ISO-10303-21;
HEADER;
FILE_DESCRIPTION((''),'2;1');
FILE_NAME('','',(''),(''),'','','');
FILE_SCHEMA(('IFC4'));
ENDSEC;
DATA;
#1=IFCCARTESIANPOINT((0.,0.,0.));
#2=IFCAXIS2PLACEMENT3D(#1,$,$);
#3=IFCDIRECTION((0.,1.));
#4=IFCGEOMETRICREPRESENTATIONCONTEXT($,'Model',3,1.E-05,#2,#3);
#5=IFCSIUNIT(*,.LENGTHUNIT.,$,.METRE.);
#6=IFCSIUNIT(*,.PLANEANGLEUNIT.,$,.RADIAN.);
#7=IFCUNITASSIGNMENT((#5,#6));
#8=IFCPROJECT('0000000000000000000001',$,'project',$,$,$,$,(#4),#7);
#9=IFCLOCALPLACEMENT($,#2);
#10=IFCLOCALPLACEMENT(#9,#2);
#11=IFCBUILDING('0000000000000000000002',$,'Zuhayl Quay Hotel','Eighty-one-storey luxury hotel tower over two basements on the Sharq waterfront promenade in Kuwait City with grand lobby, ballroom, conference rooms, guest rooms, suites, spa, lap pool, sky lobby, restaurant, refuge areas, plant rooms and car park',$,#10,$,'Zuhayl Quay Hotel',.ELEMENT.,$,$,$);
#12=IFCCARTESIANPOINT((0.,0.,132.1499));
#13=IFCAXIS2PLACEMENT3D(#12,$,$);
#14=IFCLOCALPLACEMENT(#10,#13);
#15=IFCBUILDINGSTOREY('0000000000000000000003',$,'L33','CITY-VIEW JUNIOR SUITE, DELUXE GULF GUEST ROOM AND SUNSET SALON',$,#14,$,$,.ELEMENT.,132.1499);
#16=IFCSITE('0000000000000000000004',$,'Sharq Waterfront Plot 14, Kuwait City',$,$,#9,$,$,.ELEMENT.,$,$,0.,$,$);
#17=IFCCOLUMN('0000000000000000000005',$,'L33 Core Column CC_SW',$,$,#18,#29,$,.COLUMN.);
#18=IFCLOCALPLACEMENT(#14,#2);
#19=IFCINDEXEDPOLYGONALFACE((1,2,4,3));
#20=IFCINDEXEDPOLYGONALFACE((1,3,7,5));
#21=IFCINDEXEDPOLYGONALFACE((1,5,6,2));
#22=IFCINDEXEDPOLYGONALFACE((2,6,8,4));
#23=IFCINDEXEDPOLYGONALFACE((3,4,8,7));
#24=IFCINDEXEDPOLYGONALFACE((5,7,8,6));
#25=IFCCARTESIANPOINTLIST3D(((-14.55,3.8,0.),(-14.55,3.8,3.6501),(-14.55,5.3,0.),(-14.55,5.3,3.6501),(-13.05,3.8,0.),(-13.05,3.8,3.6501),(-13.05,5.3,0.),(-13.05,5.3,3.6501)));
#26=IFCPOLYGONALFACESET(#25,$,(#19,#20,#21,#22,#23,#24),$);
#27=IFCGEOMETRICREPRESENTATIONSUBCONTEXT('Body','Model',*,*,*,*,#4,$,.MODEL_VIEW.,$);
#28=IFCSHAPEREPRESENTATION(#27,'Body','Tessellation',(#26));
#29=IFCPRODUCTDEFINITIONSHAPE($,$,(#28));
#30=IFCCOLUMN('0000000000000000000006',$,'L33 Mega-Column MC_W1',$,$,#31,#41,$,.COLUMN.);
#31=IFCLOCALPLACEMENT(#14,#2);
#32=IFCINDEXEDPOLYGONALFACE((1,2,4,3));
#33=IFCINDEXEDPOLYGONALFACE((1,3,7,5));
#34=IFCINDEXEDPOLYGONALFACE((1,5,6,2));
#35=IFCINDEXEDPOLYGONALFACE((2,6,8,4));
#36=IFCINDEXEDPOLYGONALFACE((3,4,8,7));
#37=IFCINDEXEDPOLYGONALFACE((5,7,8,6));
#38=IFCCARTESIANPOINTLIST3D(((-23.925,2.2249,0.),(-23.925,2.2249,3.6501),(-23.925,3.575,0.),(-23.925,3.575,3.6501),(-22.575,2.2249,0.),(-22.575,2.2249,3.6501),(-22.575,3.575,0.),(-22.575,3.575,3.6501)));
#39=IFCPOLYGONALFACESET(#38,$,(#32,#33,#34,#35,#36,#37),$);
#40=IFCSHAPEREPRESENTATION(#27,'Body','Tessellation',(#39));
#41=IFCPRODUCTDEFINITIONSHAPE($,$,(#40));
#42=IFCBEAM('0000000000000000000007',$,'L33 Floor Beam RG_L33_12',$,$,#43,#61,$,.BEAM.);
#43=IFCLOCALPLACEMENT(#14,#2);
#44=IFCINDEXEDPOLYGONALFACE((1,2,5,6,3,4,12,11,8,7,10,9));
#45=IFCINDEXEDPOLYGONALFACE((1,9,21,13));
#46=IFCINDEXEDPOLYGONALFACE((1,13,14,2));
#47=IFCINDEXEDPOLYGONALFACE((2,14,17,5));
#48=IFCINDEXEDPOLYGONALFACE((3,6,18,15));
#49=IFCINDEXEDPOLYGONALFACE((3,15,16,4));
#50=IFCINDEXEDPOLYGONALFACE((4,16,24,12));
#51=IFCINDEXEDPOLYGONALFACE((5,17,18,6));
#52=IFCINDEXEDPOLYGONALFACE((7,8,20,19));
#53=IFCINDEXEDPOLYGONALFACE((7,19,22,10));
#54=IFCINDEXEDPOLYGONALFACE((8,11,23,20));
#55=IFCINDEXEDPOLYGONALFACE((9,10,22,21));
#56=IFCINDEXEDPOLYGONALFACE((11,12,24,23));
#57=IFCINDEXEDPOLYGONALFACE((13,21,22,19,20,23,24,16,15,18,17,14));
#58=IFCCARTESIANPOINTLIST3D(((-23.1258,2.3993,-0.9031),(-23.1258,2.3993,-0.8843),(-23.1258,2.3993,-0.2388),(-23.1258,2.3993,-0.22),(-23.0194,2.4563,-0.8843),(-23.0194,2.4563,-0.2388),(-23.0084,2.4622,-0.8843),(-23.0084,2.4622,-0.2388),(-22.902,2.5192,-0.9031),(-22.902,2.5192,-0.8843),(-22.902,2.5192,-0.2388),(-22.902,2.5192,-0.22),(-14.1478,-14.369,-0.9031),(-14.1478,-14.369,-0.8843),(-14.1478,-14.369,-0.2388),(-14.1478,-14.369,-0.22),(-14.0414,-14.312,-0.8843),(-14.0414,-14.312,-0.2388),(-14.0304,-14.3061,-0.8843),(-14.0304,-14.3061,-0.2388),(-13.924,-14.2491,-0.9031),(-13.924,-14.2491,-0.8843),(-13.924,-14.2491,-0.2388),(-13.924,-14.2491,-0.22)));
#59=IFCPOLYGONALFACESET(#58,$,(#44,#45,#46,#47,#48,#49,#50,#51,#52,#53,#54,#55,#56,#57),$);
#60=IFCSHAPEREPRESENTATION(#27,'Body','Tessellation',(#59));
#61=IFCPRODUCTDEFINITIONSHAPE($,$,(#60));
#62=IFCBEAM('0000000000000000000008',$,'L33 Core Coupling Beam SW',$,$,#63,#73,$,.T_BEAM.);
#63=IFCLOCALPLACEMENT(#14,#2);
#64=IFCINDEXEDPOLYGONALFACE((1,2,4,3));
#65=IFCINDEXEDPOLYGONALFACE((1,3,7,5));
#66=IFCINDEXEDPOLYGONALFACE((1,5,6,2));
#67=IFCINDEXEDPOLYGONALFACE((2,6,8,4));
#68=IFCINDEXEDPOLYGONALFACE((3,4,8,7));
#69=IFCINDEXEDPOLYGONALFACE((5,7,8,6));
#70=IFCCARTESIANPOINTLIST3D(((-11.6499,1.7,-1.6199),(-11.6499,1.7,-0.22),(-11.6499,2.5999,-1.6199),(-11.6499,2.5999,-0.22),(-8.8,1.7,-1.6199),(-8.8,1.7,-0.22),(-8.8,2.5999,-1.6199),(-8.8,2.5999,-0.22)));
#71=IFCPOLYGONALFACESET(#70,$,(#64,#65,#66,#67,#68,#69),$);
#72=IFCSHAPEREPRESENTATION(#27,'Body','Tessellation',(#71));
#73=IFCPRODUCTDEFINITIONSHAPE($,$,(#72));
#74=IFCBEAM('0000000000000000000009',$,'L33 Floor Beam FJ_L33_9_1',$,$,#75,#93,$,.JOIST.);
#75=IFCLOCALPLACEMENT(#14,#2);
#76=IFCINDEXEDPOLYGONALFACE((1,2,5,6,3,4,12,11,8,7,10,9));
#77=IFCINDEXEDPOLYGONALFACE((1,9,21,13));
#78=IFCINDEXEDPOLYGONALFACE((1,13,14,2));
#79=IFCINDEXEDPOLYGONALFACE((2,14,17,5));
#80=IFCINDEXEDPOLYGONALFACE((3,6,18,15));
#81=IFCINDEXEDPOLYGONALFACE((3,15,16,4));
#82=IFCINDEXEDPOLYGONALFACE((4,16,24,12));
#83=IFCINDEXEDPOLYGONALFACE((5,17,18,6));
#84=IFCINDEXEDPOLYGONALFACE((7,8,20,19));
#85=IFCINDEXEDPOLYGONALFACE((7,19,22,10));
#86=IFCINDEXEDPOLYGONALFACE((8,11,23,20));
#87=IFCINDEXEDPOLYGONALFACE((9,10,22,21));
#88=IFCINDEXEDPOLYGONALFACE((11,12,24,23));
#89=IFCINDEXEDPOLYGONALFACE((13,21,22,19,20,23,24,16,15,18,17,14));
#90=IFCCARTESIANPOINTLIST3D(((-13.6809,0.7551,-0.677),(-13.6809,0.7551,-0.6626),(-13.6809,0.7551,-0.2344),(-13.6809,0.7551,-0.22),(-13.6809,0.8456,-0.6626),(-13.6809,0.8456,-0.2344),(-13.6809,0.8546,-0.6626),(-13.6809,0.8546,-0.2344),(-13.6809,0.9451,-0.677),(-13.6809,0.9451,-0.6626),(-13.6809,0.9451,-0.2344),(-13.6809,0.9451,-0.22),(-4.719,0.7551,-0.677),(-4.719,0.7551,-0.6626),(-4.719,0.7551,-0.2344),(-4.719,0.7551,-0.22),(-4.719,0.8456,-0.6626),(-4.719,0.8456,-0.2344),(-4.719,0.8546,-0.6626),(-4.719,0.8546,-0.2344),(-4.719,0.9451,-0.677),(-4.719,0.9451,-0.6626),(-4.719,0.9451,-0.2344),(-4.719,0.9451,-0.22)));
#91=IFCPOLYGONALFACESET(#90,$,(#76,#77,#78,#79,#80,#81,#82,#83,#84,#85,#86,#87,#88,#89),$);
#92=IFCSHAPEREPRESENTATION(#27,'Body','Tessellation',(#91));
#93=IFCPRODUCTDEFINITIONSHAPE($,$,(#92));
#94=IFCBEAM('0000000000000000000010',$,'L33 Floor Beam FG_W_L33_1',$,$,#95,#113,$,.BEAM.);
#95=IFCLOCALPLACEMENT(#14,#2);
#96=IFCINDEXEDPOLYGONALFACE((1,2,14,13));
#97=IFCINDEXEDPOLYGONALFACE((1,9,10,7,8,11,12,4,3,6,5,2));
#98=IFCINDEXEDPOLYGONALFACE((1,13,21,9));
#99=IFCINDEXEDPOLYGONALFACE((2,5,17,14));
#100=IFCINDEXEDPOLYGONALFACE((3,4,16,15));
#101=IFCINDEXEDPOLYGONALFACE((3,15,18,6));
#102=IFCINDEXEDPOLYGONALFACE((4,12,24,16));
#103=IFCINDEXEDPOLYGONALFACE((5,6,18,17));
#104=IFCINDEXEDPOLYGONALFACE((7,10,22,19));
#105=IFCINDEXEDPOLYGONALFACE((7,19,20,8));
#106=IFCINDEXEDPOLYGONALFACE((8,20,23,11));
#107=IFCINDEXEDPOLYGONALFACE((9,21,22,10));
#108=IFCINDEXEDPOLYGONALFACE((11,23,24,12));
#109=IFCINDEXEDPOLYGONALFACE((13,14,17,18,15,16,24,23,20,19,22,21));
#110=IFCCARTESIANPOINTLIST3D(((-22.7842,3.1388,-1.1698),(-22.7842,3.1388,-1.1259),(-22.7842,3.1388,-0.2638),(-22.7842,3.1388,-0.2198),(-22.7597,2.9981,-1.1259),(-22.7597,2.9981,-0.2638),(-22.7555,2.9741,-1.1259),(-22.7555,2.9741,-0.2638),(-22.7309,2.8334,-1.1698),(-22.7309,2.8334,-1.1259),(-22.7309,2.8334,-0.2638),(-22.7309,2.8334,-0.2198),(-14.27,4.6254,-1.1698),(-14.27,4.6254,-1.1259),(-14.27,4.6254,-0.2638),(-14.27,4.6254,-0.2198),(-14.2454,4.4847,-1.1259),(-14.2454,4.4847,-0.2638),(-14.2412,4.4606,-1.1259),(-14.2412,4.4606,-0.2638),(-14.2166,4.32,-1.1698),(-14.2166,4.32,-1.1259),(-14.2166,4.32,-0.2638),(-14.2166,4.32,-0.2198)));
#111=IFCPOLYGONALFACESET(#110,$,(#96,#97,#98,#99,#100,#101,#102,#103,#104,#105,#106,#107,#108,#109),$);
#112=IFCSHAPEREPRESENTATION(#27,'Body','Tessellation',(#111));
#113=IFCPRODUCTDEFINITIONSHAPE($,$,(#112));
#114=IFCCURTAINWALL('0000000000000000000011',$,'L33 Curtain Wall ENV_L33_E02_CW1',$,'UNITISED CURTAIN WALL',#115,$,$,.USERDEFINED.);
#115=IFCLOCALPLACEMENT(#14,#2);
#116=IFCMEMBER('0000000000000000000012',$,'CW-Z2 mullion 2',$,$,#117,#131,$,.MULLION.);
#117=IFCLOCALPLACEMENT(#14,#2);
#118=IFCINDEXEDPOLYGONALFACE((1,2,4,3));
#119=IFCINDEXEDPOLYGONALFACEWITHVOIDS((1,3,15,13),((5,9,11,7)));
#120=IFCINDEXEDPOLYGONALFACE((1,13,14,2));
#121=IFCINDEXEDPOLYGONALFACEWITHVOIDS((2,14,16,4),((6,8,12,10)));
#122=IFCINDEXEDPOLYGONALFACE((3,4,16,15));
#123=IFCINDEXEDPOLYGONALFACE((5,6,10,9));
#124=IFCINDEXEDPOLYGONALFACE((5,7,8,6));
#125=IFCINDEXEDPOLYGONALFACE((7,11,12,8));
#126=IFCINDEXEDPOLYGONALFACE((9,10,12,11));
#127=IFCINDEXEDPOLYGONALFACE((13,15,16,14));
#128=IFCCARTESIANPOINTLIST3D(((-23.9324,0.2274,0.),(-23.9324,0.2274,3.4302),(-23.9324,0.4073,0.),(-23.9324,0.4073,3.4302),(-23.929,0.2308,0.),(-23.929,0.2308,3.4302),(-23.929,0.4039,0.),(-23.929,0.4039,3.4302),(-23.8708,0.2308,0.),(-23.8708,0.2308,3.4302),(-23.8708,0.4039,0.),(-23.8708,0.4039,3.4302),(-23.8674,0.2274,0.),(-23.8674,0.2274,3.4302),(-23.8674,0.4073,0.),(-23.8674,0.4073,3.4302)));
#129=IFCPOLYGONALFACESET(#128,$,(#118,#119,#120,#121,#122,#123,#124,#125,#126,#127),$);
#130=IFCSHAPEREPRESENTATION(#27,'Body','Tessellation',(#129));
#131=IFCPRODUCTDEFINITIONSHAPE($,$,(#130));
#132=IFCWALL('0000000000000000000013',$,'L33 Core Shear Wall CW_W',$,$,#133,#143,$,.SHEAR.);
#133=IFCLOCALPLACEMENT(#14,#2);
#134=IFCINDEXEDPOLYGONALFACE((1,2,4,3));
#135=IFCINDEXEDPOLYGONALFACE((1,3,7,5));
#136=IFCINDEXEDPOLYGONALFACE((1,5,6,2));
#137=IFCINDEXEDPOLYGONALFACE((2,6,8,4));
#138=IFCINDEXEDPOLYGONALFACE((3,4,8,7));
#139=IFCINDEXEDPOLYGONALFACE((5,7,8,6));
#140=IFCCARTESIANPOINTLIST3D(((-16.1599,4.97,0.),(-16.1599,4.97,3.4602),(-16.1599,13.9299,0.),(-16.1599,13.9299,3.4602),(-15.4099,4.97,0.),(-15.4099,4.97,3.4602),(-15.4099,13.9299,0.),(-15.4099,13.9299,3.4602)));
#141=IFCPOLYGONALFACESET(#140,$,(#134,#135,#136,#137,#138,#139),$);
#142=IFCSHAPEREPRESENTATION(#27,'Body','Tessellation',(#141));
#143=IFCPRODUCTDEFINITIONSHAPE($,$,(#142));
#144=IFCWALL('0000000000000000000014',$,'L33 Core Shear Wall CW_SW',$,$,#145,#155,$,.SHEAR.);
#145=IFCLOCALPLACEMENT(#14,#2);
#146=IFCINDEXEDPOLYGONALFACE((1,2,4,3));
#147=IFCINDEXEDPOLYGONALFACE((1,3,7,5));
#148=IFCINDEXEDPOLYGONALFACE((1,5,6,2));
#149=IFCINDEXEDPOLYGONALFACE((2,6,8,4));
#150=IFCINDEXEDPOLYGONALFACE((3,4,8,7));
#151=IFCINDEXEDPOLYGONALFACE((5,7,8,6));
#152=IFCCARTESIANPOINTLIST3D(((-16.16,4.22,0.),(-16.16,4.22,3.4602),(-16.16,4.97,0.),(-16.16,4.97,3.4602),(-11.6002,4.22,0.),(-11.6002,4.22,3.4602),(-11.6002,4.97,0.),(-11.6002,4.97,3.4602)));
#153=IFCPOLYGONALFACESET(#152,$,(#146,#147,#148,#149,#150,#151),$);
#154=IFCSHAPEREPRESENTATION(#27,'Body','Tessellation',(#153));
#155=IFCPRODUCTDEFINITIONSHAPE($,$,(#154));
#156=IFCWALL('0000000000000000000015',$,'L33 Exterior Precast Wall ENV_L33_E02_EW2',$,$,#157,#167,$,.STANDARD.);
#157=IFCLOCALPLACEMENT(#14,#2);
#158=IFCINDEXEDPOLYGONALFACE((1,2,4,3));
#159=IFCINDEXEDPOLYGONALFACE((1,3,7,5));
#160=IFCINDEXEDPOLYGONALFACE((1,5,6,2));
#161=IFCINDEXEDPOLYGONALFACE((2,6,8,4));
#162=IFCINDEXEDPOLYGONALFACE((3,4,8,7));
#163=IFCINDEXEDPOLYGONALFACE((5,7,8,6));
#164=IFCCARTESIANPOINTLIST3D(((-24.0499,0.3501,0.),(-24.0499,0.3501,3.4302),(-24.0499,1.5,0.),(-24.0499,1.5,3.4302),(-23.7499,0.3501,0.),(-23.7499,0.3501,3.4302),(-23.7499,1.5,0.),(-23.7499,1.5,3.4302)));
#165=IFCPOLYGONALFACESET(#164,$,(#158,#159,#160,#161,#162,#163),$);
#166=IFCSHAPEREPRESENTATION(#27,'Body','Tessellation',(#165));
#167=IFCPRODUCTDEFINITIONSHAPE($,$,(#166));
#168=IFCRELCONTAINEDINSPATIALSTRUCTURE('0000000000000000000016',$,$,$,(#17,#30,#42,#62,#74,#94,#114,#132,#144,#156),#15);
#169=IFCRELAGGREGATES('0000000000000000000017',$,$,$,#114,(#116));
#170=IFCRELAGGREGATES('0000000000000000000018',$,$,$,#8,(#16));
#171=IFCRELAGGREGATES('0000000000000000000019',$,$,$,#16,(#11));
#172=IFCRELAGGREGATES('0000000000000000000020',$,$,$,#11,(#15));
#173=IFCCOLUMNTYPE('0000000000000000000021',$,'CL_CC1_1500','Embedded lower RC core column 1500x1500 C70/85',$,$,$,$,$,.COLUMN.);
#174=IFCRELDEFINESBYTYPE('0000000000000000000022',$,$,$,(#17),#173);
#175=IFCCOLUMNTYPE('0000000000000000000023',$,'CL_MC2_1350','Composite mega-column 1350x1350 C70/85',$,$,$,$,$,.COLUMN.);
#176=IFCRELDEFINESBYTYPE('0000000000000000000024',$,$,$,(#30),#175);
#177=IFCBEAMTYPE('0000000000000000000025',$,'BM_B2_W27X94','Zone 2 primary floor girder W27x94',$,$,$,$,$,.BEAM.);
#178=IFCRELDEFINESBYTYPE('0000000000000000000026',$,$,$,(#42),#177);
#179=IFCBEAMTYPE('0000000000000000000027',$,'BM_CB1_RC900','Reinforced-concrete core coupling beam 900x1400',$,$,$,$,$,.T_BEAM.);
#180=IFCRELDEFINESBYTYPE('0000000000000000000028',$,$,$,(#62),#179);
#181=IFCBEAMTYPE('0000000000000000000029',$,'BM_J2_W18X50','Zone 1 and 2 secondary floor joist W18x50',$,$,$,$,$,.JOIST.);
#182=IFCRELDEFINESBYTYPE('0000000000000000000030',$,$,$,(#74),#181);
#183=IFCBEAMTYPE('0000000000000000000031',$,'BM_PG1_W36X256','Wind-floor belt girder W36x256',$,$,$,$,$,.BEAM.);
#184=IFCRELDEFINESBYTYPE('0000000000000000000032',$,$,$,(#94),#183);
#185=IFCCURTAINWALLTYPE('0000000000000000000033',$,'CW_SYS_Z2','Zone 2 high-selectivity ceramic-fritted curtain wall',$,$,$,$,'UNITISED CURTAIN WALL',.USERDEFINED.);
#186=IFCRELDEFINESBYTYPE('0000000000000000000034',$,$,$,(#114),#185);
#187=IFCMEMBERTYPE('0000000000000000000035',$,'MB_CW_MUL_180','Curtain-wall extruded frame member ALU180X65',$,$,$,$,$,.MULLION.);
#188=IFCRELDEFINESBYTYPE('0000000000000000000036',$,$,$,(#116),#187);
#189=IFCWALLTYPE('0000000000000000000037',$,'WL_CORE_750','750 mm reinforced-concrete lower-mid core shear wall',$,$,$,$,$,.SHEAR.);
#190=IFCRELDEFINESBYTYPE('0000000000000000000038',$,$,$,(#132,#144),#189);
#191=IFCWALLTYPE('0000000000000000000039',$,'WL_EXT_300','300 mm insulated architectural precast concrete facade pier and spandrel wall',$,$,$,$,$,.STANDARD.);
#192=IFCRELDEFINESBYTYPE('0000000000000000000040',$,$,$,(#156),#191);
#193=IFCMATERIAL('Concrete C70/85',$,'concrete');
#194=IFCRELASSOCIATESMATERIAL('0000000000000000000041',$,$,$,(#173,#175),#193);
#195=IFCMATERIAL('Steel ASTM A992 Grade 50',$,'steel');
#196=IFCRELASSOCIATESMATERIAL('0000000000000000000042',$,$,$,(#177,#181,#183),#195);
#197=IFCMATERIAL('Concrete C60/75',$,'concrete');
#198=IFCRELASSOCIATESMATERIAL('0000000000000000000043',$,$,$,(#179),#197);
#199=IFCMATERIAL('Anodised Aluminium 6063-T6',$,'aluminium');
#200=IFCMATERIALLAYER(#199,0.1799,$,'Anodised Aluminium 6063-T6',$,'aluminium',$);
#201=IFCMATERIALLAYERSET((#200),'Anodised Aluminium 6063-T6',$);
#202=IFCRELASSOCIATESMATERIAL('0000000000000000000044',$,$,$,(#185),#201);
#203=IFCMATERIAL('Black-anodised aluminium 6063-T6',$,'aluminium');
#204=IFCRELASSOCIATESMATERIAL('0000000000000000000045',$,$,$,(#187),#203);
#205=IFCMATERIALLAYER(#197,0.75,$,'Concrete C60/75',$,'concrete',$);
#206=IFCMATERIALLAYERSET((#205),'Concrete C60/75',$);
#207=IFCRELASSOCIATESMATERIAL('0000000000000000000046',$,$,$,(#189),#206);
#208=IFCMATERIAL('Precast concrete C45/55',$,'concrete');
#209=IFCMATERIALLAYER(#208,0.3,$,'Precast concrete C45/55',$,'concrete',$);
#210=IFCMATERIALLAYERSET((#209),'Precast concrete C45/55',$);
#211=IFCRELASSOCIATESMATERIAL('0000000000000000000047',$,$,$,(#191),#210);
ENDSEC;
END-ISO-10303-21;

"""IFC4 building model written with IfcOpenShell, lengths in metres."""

from ifc_helpers import new_model, si_unit, direction, frame, frame_2d, origin, origin_2d, place, context, subcontext, project, spatial, rectangle, hollow_rectangle, i_section, extrude, material, layer, layer_set, material_profile, profile_set, type_object, element, aggregate, save


model = new_model("IFC4")

# Units and contexts
model_context = context("Model", 3, precision=1e-05, world=origin(), true_north=direction((0.0, 1.0)))
body_context = subcontext(model_context, "Body", "Model", "MODEL_VIEW")
ifc_project = project(units=[si_unit("LENGTHUNIT", "METRE"), si_unit("PLANEANGLEUNIT", "RADIAN")], contexts=[model_context])

# Site, building, storey
site_placement = place(None, origin())
site = spatial("IfcSite", under=ifc_project, at=site_placement, Name="Sharq Waterfront Plot 14, Kuwait City", CompositionType="ELEMENT", RefElevation=0.0)
building_placement = place(site_placement, origin())
building = spatial("IfcBuilding", under=site, at=building_placement, Name="Zuhayl Quay Hotel", Description="Eighty-one-storey luxury hotel tower over two basements on the Sharq waterfront promenade in Kuwait City with grand lobby, ballroom, conference rooms, guest rooms, suites, spa, lap pool, sky lobby, restaurant, refuge areas, plant rooms and car park", LongName="Zuhayl Quay Hotel", CompositionType="ELEMENT")
storey_placement = place(building_placement, frame((0.0, 0.0, 132.1499)))
storey = spatial("IfcBuildingStorey", under=building, at=storey_placement, Name="L33", Description="CITY-VIEW JUNIOR SUITE, DELUXE GULF GUEST ROOM AND SUNSET SALON", CompositionType="ELEMENT", Elevation=132.1499)

# Columns
ifc_material_1 = material(Name="Concrete C70/85", Category="concrete")
ifc_material_profile_1 = material_profile(ifc_material_1, rectangle(XDim=1.5, YDim=1.5, at=origin_2d()), Name="RC1500X1500")
ifc_profile_set_1 = profile_set([ifc_material_profile_1], Name="Concrete C70/85")
column_type_1 = type_object("IfcColumnType", Name="CL_CC1_1500", Description="Embedded lower RC core column 1500x1500 C70/85", PredefinedType="COLUMN", material=ifc_profile_set_1)
column_1_placement = place(storey_placement, frame((-13.8, 4.55, 0.0), z_axis=(0.0, 0.0, 1.0), x_axis=(1.0, 0.0, 0.0)))
element("IfcColumn", 1, at=column_1_placement, inside=storey, type_object=column_type_1, Name="L33 Core Column CC_SW", PredefinedType="COLUMN", context=body_context, shape_type="SweptSolid", body=[
    extrude(rectangle(XDim=1.5, YDim=1.5, at=origin_2d()), origin(), (0.0, 0.0, 1.0), 3.6501),
])
ifc_material_profile_2 = material_profile(ifc_material_1, rectangle(XDim=1.3501, YDim=1.3501, at=origin_2d()), Name="RC1350X1350")
ifc_profile_set_2 = profile_set([ifc_material_profile_2], Name="Concrete C70/85")
column_type_2 = type_object("IfcColumnType", Name="CL_MC2_1350", Description="Composite mega-column 1350x1350 C70/85", PredefinedType="COLUMN", material=ifc_profile_set_2)
column_2_placement = place(storey_placement, frame((-23.25, 2.8999, 0.0), z_axis=(0.0, 0.0, 1.0), x_axis=(1.0, 0.0, 0.0)))
element("IfcColumn", 2, at=column_2_placement, inside=storey, type_object=column_type_2, Name="L33 Mega-Column MC_W1", PredefinedType="COLUMN", context=body_context, shape_type="SweptSolid", body=[
    extrude(rectangle(XDim=1.3501, YDim=1.3501, at=origin_2d()), origin(), (0.0, 0.0, 1.0), 3.6501),
])

# Beams
ifc_material_2 = material(Name="Steel ASTM A992 Grade 50", Category="steel")
ifc_material_profile_3 = material_profile(ifc_material_2, i_section(OverallWidth=0.2539, OverallDepth=0.6831, WebThickness=0.0125, FlangeThickness=0.0188, at=origin_2d()), Name="W27X94")
ifc_profile_set_3 = profile_set([ifc_material_profile_3], Name="Steel ASTM A992 Grade 50")
beam_type_1 = type_object("IfcBeamType", Name="BM_B2_W27X94", Description="Zone 2 primary floor girder W27x94", PredefinedType="BEAM", material=ifc_profile_set_3)
beam_1_placement = place(storey_placement, frame((-23.0139, 2.4592, -0.5615), z_axis=(0.472017, -0.881589, 0.0), x_axis=(0.881589, 0.472017, 0.0)))
element("IfcBeam", 3, at=beam_1_placement, inside=storey, type_object=beam_type_1, Name="L33 Floor Beam RG_L33_12", PredefinedType="BEAM", context=body_context, shape_type="SweptSolid", body=[
    extrude(i_section(OverallWidth=0.2539, OverallDepth=0.6831, WebThickness=0.0125, FlangeThickness=0.0188, at=origin_2d()), origin(), (0.0, 0.0, 1.0), 19.0205),
])
ifc_material_3 = material(Name="Concrete C60/75", Category="concrete")
ifc_material_profile_4 = material_profile(ifc_material_3, rectangle(XDim=0.8999, YDim=1.3999, at=origin_2d()), Name="RC900X1400")
ifc_profile_set_4 = profile_set([ifc_material_profile_4], Name="Concrete C60/75")
beam_type_2 = type_object("IfcBeamType", Name="BM_CB1_RC900", Description="Reinforced-concrete core coupling beam 900x1400", PredefinedType="T_BEAM", material=ifc_profile_set_4)
beam_2_placement = place(storey_placement, frame((-11.6499, 2.1499, -0.9199), z_axis=(1.0, 0.0, 0.0), x_axis=(0.0, 1.0, 0.0)))
element("IfcBeam", 4, at=beam_2_placement, inside=storey, type_object=beam_type_2, Name="L33 Core Coupling Beam SW", PredefinedType="T_BEAM", context=body_context, shape_type="SweptSolid", body=[
    extrude(rectangle(XDim=0.8999, YDim=1.3999, at=origin_2d()), origin(), (0.0, 0.0, 1.0), 2.8499),
])
ifc_material_profile_5 = material_profile(ifc_material_2, i_section(OverallWidth=0.1899, OverallDepth=0.457, WebThickness=0.009, FlangeThickness=0.0144, at=origin_2d()), Name="W18X50")
ifc_profile_set_5 = profile_set([ifc_material_profile_5], Name="Steel ASTM A992 Grade 50")
beam_type_3 = type_object("IfcBeamType", Name="BM_J2_W18X50", Description="Zone 1 and 2 secondary floor joist W18x50", PredefinedType="JOIST", material=ifc_profile_set_5)
beam_3_placement = place(storey_placement, frame((-13.6809, 0.8501, -0.4485), z_axis=(1.0, 0.0, 0.0), x_axis=(0.0, 1.0, 0.0)))
element("IfcBeam", 5, at=beam_3_placement, inside=storey, type_object=beam_type_3, Name="L33 Floor Beam FJ_L33_9_1", PredefinedType="JOIST", context=body_context, shape_type="SweptSolid", body=[
    extrude(i_section(OverallWidth=0.1899, OverallDepth=0.457, WebThickness=0.009, FlangeThickness=0.0144, at=origin_2d()), origin(), (0.0, 0.0, 1.0), 8.9619),
])
ifc_material_profile_6 = material_profile(ifc_material_2, i_section(OverallWidth=0.3101, OverallDepth=0.95, WebThickness=0.0244, FlangeThickness=0.0439, at=origin_2d()), Name="W36X256")
ifc_profile_set_6 = profile_set([ifc_material_profile_6], Name="Steel ASTM A992 Grade 50")
beam_type_4 = type_object("IfcBeamType", Name="BM_PG1_W36X256", Description="Wind-floor belt girder W36x256", PredefinedType="BEAM", material=ifc_profile_set_6)
beam_4_placement = place(storey_placement, frame((-22.7576, 2.9861, -0.6948), z_axis=(0.985097, 0.171998, 0.0), x_axis=(-0.171998, 0.985097, 0.0)))
element("IfcBeam", 6, at=beam_4_placement, inside=storey, type_object=beam_type_4, Name="L33 Floor Beam FG_W_L33_1", PredefinedType="BEAM", context=body_context, shape_type="SweptSolid", body=[
    extrude(i_section(OverallWidth=0.3101, OverallDepth=0.95, WebThickness=0.0244, FlangeThickness=0.0439, at=origin_2d()), origin(), (0.0, 0.0, 1.0), 8.6431),
])

# Curtain wall, member
ifc_material_4 = material(Name="Anodised Aluminium 6063-T6", Category="aluminium")
ifc_layer_1 = layer(ifc_material_4, 0.1799, Name="Anodised Aluminium 6063-T6", Category="aluminium")
ifc_layer_set_1 = layer_set([ifc_layer_1], Name="Anodised Aluminium 6063-T6")
curtain_wall_type = type_object("IfcCurtainWallType", Name="CW_SYS_Z2", Description="Zone 2 high-selectivity ceramic-fritted curtain wall", ElementType="UNITISED CURTAIN WALL", PredefinedType="USERDEFINED", material=ifc_layer_set_1)
curtain_wall_placement = place(storey_placement, origin())
curtain_wall = element("IfcCurtainWall", 7, at=curtain_wall_placement, inside=storey, type_object=curtain_wall_type, Name="L33 Curtain Wall ENV_L33_E02_CW1", ObjectType="UNITISED CURTAIN WALL", PredefinedType="USERDEFINED")
ifc_material_5 = material(Name="Black-anodised aluminium 6063-T6", Category="aluminium")
ifc_material_profile_7 = material_profile(ifc_material_5, hollow_rectangle(XDim=0.0649, YDim=0.1799, WallThickness=0.0034, at=origin_2d()), Name="ALU180X65")
ifc_profile_set_7 = profile_set([ifc_material_profile_7], Name="Black-anodised aluminium 6063-T6")
member_type = type_object("IfcMemberType", Name="MB_CW_MUL_180", Description="Curtain-wall extruded frame member ALU180X65", PredefinedType="MULLION", material=ifc_profile_set_7)
member_placement = place(storey_placement, frame((-23.8999, 0.3174, 0.0), z_axis=(0.0, 0.0, 1.0), x_axis=(-1.0, 0.0, 0.0)))
member = element("IfcMember", 8, at=member_placement, type_object=member_type, Name="CW-Z2 mullion 2", PredefinedType="MULLION", context=body_context, shape_type="SweptSolid", body=[
    extrude(hollow_rectangle(XDim=0.0649, YDim=0.1799, WallThickness=0.0034, at=origin_2d()), origin(), (0.0, 0.0, 1.0), 3.4302),
])
aggregate(curtain_wall, [member])

# Walls
ifc_layer_2 = layer(ifc_material_3, 0.75, Name="Concrete C60/75", Category="concrete")
ifc_layer_set_2 = layer_set([ifc_layer_2], Name="Concrete C60/75")
wall_type_1 = type_object("IfcWallType", Name="WL_CORE_750", Description="750 mm reinforced-concrete lower-mid core shear wall", PredefinedType="SHEAR", material=ifc_layer_set_2)
wall_1_placement = place(storey_placement, frame((-15.7849, 4.97, 0.0), z_axis=(0.0, 0.0, 1.0), x_axis=(0.0, 1.0, 0.0)))
element("IfcWall", 9, at=wall_1_placement, inside=storey, type_object=wall_type_1, Name="L33 Core Shear Wall CW_W", PredefinedType="SHEAR", context=body_context, shape_type="SweptSolid", body=[
    extrude(rectangle(XDim=8.96, YDim=0.75, at=frame_2d((4.48, 0.0))), origin(), (0.0, 0.0, 1.0), 3.4602),
])
wall_2_placement = place(storey_placement, frame((-16.1599, 4.595, 0.0), z_axis=(0.0, 0.0, 1.0), x_axis=(1.0, 0.0, 0.0)))
element("IfcWall", 10, at=wall_2_placement, inside=storey, type_object=wall_type_1, Name="L33 Core Shear Wall CW_SW", PredefinedType="SHEAR", context=body_context, shape_type="SweptSolid", body=[
    extrude(rectangle(XDim=4.5598, YDim=0.75, at=frame_2d((2.2798, 0.0))), origin(), (0.0, 0.0, 1.0), 3.4602),
])
ifc_material_6 = material(Name="Precast concrete C45/55", Category="concrete")
ifc_layer_3 = layer(ifc_material_6, 0.3, Name="Precast concrete C45/55", Category="concrete")
ifc_layer_set_3 = layer_set([ifc_layer_3], Name="Precast concrete C45/55")
wall_type_2 = type_object("IfcWallType", Name="WL_EXT_300", Description="300 mm insulated architectural precast concrete facade pier and spandrel wall", PredefinedType="STANDARD", material=ifc_layer_set_3)
wall_3_placement = place(storey_placement, frame((-23.8999, 0.3501, 0.0), z_axis=(0.0, 0.0, 1.0), x_axis=(0.0, 1.0, 0.0)))
element("IfcWall", 11, at=wall_3_placement, inside=storey, type_object=wall_type_2, Name="L33 Exterior Precast Wall ENV_L33_E02_EW2", PredefinedType="STANDARD", context=body_context, shape_type="SweptSolid", body=[
    extrude(rectangle(XDim=1.1499, YDim=0.3, at=frame_2d((0.575, 0.0))), origin(), (0.0, 0.0, 1.0), 3.4302),
])

save(model, "model.ifc")
